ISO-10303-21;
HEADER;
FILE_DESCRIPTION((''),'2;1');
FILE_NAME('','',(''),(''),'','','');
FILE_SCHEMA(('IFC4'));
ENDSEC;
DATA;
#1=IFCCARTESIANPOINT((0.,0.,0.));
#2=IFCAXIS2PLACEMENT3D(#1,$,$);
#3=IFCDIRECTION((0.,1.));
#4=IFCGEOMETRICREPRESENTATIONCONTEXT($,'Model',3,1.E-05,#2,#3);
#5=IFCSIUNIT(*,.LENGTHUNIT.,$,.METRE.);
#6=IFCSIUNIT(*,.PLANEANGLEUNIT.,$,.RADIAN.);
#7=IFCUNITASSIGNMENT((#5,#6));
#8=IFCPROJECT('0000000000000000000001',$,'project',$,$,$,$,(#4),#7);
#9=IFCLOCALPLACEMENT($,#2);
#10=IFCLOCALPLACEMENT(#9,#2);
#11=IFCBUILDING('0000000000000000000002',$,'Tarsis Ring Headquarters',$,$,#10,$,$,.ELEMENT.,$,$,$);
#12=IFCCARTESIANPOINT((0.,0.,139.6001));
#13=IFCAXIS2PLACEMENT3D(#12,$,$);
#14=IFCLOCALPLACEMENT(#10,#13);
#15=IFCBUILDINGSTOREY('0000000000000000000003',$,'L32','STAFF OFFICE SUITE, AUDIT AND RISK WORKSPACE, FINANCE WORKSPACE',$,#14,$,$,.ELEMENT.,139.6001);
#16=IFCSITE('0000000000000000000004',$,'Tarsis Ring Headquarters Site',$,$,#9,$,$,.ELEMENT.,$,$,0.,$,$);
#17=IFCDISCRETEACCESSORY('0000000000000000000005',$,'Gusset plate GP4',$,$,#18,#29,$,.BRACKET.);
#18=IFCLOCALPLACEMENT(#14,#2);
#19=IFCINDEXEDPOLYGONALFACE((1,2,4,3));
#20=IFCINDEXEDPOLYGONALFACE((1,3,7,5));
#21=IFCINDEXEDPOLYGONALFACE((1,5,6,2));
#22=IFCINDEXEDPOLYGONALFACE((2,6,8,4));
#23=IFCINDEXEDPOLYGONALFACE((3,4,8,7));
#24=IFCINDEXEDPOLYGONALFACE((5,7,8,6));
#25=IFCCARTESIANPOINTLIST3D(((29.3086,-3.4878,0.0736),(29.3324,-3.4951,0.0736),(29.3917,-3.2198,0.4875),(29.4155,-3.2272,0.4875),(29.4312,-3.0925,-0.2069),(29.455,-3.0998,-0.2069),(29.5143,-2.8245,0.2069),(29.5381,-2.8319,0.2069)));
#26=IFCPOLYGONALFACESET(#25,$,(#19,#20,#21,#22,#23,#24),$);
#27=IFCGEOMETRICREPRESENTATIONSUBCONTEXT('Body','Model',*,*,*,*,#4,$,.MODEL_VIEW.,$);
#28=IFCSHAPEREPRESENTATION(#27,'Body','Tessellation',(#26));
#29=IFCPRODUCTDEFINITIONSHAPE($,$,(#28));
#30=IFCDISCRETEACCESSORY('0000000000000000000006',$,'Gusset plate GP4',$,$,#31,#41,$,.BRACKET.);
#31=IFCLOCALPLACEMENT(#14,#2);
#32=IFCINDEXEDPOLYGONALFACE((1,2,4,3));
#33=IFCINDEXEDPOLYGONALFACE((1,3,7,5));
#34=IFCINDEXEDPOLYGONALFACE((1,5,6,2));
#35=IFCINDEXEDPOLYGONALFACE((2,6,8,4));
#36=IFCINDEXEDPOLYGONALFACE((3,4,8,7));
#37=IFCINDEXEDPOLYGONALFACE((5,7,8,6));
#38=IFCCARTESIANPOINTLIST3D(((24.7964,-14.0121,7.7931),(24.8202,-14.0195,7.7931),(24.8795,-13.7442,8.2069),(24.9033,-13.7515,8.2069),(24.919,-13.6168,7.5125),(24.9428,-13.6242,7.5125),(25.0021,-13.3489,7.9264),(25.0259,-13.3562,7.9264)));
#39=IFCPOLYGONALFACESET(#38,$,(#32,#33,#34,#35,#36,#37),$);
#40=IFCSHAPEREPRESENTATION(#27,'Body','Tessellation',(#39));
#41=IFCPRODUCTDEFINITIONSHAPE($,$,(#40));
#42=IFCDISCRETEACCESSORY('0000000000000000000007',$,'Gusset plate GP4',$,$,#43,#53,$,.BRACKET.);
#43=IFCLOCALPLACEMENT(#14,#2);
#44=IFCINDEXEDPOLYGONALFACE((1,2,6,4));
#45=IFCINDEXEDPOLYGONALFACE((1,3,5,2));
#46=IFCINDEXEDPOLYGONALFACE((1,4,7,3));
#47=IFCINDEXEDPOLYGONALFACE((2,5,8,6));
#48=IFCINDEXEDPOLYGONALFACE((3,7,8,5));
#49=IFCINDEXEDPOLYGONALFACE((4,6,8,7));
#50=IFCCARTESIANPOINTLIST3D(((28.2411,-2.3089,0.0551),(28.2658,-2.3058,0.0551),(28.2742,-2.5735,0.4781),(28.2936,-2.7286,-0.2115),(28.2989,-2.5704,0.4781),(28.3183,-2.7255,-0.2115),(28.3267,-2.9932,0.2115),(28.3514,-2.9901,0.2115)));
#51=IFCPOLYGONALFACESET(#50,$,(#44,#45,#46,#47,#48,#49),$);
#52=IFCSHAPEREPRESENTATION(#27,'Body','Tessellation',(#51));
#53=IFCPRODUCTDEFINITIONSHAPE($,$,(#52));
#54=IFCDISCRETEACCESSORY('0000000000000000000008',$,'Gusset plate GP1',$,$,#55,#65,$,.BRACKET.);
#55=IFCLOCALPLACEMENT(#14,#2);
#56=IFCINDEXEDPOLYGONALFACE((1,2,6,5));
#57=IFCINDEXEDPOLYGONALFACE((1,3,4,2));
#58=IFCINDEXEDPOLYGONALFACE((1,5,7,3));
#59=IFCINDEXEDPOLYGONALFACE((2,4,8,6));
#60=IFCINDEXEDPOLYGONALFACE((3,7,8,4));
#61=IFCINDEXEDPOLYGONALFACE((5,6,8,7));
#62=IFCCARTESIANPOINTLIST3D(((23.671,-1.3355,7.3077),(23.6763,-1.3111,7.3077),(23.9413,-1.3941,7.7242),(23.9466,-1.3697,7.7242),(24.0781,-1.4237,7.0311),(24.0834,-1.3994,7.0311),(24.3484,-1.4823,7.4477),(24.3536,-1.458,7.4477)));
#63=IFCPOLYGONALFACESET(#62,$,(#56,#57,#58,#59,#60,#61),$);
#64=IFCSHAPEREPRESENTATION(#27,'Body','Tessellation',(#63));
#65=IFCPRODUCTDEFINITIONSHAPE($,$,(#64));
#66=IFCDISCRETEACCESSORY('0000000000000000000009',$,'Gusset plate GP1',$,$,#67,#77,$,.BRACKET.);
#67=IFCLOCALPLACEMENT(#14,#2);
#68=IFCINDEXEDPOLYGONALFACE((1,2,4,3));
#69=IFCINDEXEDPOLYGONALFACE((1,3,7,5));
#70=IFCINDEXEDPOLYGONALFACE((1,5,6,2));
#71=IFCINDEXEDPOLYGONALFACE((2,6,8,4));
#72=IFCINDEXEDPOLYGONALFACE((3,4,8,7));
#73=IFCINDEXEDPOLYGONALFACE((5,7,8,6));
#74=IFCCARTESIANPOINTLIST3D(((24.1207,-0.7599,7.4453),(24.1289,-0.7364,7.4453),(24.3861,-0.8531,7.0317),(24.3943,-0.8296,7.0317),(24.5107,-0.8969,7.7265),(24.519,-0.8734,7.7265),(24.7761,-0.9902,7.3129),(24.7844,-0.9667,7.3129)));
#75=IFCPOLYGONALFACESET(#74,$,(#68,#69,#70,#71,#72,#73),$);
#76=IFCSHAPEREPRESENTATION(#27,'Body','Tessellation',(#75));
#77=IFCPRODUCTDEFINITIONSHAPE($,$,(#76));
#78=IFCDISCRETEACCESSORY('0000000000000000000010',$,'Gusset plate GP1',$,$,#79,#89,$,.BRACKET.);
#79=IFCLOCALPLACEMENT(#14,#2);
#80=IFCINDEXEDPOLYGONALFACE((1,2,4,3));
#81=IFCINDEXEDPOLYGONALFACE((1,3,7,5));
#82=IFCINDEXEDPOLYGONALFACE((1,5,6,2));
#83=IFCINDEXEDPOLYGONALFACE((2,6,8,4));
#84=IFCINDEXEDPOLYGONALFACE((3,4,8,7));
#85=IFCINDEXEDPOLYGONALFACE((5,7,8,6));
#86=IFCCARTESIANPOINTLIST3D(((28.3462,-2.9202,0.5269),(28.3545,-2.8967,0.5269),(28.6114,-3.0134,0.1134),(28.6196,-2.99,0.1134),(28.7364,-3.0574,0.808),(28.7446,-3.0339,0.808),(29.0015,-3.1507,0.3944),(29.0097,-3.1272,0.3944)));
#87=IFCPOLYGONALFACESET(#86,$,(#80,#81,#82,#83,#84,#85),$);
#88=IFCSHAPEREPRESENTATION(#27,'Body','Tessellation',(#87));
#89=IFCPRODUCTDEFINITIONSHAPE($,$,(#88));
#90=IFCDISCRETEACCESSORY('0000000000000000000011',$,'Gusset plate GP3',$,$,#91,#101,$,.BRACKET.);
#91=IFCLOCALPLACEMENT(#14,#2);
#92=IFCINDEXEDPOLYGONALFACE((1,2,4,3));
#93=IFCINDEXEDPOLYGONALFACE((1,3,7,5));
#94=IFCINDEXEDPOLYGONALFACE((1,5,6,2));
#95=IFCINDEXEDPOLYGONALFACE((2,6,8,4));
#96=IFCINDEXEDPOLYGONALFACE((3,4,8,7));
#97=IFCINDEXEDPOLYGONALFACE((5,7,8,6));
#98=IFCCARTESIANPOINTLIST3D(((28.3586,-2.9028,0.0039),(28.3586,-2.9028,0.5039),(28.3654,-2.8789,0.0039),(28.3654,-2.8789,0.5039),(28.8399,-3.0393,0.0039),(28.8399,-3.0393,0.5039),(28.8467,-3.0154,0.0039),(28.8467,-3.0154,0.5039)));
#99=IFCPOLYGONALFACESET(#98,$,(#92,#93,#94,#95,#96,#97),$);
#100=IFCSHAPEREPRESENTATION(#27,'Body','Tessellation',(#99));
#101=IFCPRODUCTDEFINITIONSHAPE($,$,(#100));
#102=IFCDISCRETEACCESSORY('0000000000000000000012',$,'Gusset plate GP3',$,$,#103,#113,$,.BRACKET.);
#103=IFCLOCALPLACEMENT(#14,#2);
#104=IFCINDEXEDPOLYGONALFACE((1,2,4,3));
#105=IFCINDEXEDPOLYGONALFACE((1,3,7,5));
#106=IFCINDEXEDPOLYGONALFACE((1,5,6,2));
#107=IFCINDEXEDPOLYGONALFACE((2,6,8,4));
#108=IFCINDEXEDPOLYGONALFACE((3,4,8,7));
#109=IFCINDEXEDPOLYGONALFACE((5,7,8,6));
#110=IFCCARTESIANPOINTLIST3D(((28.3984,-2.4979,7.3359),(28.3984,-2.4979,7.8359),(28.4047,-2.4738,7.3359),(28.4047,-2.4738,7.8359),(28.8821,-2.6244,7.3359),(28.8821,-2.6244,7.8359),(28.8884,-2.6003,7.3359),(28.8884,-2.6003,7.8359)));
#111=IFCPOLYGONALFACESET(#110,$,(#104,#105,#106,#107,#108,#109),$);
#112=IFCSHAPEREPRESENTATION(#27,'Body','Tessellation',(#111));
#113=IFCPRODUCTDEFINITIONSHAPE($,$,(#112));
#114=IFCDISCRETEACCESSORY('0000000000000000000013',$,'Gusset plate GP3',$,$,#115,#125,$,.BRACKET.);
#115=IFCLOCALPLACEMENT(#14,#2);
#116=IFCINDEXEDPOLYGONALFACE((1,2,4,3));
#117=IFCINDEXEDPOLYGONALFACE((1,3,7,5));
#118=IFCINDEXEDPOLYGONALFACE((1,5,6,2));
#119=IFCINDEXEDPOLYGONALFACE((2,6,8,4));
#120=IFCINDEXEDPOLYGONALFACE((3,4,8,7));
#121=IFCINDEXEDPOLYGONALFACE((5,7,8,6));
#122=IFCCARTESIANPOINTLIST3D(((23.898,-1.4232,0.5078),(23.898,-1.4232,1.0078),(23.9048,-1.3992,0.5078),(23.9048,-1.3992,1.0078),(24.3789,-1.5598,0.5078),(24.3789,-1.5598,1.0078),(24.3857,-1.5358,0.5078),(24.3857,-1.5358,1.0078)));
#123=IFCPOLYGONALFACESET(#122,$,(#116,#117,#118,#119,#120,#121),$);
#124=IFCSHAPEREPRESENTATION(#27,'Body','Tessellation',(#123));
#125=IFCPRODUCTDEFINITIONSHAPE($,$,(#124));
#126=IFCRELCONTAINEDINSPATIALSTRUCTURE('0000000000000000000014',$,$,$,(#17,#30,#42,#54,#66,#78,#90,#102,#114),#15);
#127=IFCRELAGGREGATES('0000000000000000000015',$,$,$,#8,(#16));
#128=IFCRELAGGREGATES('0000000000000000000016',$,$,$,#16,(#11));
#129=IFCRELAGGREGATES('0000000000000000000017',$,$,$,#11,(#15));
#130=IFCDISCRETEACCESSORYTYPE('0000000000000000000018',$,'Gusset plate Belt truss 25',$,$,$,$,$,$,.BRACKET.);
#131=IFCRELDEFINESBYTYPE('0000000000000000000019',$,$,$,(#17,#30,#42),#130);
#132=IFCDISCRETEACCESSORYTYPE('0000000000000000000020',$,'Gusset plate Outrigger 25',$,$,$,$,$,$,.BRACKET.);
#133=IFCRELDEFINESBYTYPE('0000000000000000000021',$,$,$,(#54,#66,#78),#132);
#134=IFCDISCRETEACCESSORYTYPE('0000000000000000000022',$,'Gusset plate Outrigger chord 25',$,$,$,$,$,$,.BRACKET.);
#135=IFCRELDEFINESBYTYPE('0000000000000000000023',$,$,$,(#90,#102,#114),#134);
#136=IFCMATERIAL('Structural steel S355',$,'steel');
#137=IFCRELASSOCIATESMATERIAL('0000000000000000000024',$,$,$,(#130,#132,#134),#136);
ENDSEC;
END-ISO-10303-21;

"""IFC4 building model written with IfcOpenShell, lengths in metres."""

from ifc_helpers import new_model, si_unit, direction, frame, origin, origin_2d, place, context, subcontext, project, spatial, rectangle, extrude, material, material_profile, profile_set, type_object, element, save


model = new_model("IFC4")

# Units and contexts
model_context = context("Model", 3, precision=1e-05, world=origin(), true_north=direction((0.0, 1.0)))
body_context = subcontext(model_context, "Body", "Model", "MODEL_VIEW")
ifc_project = project(units=[si_unit("LENGTHUNIT", "METRE"), si_unit("PLANEANGLEUNIT", "RADIAN")], contexts=[model_context])

# Site, building, storey
site_placement = place(None, origin())
site = spatial("IfcSite", under=ifc_project, at=site_placement, Name="Tarsis Ring Headquarters Site", CompositionType="ELEMENT", RefElevation=0.0)
building_placement = place(site_placement, origin())
building = spatial("IfcBuilding", under=site, at=building_placement, Name="Tarsis Ring Headquarters", CompositionType="ELEMENT")
storey_placement = place(building_placement, frame((0.0, 0.0, 139.6001)))
storey = spatial("IfcBuildingStorey", under=building, at=storey_placement, Name="L32", Description="STAFF OFFICE SUITE, AUDIT AND RISK WORKSPACE, FINANCE WORKSPACE", CompositionType="ELEMENT", Elevation=139.6001)

# Shared definitions
ifc_material_1 = material(Name="Structural steel S355", Category="steel")

# Discrete accessories
ifc_material_profile_1 = material_profile(ifc_material_1, rectangle(XDim=0.0249, YDim=0.5, at=origin_2d()), Name="PL 25x500")
ifc_profile_set_1 = profile_set([ifc_material_profile_1], Name="Structural steel S355")
discrete_accessory_type_1 = type_object("IfcDiscreteAccessoryType", Name="Gusset plate Belt truss 25", PredefinedType="BRACKET", material=ifc_profile_set_1)
for number, where, z_axis, x_axis, name in (
    (1, (29.4846, -2.9622, 0.0), (-0.245145, -0.790616, 0.561098), (0.955139, -0.296158, 0.0), "Gusset plate GP4"),
    (2, (24.8499, -13.8818, 8.0), (0.245145, 0.790616, -0.561098), (-0.955139, 0.296158, 0.0), "Gusset plate GP4"),
    (3, (28.3225, -2.8594, 0.0), (-0.104989, 0.839421, 0.533245), (-0.992269, -0.124106, 0.0), "Gusset plate GP4"),
):
    element("IfcDiscreteAccessory", number, at=place(storey_placement, frame(where, z_axis=z_axis, x_axis=x_axis)), inside=storey, type_object=discrete_accessory_type_1, Name=name, PredefinedType="BRACKET", context=body_context, shape_type="SweptSolid", body=[
        extrude(rectangle(XDim=0.0249, YDim=0.5, at=origin_2d()), origin(), (0.0, 0.0, 1.0), 0.5),
    ])
discrete_accessory_type_2 = type_object("IfcDiscreteAccessoryType", Name="Gusset plate Outrigger 25", PredefinedType="BRACKET", material=ifc_profile_set_1)
discrete_accessory_1_placement = place(storey_placement, frame((24.1475, -1.426, 7.5859), z_axis=(-0.54058, 0.117199, -0.833089), x_axis=(-0.21188, -0.977296, 0.0)))
element("IfcDiscreteAccessory", 4, at=discrete_accessory_1_placement, inside=storey, type_object=discrete_accessory_type_2, Name="Gusset plate GP1", PredefinedType="BRACKET", context=body_context, shape_type="SweptSolid", body=[
    extrude(rectangle(XDim=0.0249, YDim=0.5, at=origin_2d()), origin(), (0.0, 0.0, 1.0), 0.5),
])
discrete_accessory_2_placement = place(storey_placement, frame((24.3198, -0.8167, 7.5859), z_axis=(0.530583, -0.186461, -0.82687), x_axis=(0.331549, 0.943438, 0.0)))
element("IfcDiscreteAccessory", 5, at=discrete_accessory_2_placement, inside=storey, type_object=discrete_accessory_type_2, Name="Gusset plate GP1", PredefinedType="BRACKET", context=body_context, shape_type="SweptSolid", body=[
    extrude(rectangle(XDim=0.0249, YDim=0.5, at=origin_2d()), origin(), (0.0, 0.0, 1.0), 0.5002),
])
discrete_accessory_3_placement = place(storey_placement, frame((28.8105, -3.0703, 0.2539), z_axis=(-0.530232, 0.186509, 0.827084), x_axis=(-0.33182, -0.943343, 0.0)))
element("IfcDiscreteAccessory", 6, at=discrete_accessory_3_placement, inside=storey, type_object=discrete_accessory_type_2, Name="Gusset plate GP1", PredefinedType="BRACKET", context=body_context, shape_type="SweptSolid", body=[
    extrude(rectangle(XDim=0.0249, YDim=0.5, at=origin_2d()), origin(), (0.0, 0.0, 1.0), 0.5),
])
discrete_accessory_type_3 = type_object("IfcDiscreteAccessoryType", Name="Gusset plate Outrigger chord 25", PredefinedType="BRACKET", material=ifc_profile_set_1)
discrete_accessory_4_placement = place(storey_placement, frame((28.8433, -3.0273, 0.2539), z_axis=(-0.962056, 0.272851, 0.0), x_axis=(-0.272851, -0.962056, 0.0)))
element("IfcDiscreteAccessory", 7, at=discrete_accessory_4_placement, inside=storey, type_object=discrete_accessory_type_3, Name="Gusset plate GP3", PredefinedType="BRACKET", context=body_context, shape_type="SweptSolid", body=[
    extrude(rectangle(XDim=0.0249, YDim=0.5, at=origin_2d()), origin(), (0.0, 0.0, 1.0), 0.5002),
])
for number, where, z_axis, x_axis, name in (
    (8, (28.8853, -2.6123, 7.5859), (-0.967472, 0.252979, 0.0), (-0.252979, -0.967472, 0.0), "Gusset plate GP3"),
    (9, (24.1418, -1.4795, 0.5078), (0.0, 0.0, 1.0), (-0.273143, -0.961973, 0.0), "Gusset plate GP3"),
):
    element("IfcDiscreteAccessory", number, at=place(storey_placement, frame(where, z_axis=z_axis, x_axis=x_axis)), inside=storey, type_object=discrete_accessory_type_3, Name=name, PredefinedType="BRACKET", context=body_context, shape_type="SweptSolid", body=[
        extrude(rectangle(XDim=0.0249, YDim=0.5, at=origin_2d()), origin(), (0.0, 0.0, 1.0), 0.5),
    ])

save(model, "model.ifc")
